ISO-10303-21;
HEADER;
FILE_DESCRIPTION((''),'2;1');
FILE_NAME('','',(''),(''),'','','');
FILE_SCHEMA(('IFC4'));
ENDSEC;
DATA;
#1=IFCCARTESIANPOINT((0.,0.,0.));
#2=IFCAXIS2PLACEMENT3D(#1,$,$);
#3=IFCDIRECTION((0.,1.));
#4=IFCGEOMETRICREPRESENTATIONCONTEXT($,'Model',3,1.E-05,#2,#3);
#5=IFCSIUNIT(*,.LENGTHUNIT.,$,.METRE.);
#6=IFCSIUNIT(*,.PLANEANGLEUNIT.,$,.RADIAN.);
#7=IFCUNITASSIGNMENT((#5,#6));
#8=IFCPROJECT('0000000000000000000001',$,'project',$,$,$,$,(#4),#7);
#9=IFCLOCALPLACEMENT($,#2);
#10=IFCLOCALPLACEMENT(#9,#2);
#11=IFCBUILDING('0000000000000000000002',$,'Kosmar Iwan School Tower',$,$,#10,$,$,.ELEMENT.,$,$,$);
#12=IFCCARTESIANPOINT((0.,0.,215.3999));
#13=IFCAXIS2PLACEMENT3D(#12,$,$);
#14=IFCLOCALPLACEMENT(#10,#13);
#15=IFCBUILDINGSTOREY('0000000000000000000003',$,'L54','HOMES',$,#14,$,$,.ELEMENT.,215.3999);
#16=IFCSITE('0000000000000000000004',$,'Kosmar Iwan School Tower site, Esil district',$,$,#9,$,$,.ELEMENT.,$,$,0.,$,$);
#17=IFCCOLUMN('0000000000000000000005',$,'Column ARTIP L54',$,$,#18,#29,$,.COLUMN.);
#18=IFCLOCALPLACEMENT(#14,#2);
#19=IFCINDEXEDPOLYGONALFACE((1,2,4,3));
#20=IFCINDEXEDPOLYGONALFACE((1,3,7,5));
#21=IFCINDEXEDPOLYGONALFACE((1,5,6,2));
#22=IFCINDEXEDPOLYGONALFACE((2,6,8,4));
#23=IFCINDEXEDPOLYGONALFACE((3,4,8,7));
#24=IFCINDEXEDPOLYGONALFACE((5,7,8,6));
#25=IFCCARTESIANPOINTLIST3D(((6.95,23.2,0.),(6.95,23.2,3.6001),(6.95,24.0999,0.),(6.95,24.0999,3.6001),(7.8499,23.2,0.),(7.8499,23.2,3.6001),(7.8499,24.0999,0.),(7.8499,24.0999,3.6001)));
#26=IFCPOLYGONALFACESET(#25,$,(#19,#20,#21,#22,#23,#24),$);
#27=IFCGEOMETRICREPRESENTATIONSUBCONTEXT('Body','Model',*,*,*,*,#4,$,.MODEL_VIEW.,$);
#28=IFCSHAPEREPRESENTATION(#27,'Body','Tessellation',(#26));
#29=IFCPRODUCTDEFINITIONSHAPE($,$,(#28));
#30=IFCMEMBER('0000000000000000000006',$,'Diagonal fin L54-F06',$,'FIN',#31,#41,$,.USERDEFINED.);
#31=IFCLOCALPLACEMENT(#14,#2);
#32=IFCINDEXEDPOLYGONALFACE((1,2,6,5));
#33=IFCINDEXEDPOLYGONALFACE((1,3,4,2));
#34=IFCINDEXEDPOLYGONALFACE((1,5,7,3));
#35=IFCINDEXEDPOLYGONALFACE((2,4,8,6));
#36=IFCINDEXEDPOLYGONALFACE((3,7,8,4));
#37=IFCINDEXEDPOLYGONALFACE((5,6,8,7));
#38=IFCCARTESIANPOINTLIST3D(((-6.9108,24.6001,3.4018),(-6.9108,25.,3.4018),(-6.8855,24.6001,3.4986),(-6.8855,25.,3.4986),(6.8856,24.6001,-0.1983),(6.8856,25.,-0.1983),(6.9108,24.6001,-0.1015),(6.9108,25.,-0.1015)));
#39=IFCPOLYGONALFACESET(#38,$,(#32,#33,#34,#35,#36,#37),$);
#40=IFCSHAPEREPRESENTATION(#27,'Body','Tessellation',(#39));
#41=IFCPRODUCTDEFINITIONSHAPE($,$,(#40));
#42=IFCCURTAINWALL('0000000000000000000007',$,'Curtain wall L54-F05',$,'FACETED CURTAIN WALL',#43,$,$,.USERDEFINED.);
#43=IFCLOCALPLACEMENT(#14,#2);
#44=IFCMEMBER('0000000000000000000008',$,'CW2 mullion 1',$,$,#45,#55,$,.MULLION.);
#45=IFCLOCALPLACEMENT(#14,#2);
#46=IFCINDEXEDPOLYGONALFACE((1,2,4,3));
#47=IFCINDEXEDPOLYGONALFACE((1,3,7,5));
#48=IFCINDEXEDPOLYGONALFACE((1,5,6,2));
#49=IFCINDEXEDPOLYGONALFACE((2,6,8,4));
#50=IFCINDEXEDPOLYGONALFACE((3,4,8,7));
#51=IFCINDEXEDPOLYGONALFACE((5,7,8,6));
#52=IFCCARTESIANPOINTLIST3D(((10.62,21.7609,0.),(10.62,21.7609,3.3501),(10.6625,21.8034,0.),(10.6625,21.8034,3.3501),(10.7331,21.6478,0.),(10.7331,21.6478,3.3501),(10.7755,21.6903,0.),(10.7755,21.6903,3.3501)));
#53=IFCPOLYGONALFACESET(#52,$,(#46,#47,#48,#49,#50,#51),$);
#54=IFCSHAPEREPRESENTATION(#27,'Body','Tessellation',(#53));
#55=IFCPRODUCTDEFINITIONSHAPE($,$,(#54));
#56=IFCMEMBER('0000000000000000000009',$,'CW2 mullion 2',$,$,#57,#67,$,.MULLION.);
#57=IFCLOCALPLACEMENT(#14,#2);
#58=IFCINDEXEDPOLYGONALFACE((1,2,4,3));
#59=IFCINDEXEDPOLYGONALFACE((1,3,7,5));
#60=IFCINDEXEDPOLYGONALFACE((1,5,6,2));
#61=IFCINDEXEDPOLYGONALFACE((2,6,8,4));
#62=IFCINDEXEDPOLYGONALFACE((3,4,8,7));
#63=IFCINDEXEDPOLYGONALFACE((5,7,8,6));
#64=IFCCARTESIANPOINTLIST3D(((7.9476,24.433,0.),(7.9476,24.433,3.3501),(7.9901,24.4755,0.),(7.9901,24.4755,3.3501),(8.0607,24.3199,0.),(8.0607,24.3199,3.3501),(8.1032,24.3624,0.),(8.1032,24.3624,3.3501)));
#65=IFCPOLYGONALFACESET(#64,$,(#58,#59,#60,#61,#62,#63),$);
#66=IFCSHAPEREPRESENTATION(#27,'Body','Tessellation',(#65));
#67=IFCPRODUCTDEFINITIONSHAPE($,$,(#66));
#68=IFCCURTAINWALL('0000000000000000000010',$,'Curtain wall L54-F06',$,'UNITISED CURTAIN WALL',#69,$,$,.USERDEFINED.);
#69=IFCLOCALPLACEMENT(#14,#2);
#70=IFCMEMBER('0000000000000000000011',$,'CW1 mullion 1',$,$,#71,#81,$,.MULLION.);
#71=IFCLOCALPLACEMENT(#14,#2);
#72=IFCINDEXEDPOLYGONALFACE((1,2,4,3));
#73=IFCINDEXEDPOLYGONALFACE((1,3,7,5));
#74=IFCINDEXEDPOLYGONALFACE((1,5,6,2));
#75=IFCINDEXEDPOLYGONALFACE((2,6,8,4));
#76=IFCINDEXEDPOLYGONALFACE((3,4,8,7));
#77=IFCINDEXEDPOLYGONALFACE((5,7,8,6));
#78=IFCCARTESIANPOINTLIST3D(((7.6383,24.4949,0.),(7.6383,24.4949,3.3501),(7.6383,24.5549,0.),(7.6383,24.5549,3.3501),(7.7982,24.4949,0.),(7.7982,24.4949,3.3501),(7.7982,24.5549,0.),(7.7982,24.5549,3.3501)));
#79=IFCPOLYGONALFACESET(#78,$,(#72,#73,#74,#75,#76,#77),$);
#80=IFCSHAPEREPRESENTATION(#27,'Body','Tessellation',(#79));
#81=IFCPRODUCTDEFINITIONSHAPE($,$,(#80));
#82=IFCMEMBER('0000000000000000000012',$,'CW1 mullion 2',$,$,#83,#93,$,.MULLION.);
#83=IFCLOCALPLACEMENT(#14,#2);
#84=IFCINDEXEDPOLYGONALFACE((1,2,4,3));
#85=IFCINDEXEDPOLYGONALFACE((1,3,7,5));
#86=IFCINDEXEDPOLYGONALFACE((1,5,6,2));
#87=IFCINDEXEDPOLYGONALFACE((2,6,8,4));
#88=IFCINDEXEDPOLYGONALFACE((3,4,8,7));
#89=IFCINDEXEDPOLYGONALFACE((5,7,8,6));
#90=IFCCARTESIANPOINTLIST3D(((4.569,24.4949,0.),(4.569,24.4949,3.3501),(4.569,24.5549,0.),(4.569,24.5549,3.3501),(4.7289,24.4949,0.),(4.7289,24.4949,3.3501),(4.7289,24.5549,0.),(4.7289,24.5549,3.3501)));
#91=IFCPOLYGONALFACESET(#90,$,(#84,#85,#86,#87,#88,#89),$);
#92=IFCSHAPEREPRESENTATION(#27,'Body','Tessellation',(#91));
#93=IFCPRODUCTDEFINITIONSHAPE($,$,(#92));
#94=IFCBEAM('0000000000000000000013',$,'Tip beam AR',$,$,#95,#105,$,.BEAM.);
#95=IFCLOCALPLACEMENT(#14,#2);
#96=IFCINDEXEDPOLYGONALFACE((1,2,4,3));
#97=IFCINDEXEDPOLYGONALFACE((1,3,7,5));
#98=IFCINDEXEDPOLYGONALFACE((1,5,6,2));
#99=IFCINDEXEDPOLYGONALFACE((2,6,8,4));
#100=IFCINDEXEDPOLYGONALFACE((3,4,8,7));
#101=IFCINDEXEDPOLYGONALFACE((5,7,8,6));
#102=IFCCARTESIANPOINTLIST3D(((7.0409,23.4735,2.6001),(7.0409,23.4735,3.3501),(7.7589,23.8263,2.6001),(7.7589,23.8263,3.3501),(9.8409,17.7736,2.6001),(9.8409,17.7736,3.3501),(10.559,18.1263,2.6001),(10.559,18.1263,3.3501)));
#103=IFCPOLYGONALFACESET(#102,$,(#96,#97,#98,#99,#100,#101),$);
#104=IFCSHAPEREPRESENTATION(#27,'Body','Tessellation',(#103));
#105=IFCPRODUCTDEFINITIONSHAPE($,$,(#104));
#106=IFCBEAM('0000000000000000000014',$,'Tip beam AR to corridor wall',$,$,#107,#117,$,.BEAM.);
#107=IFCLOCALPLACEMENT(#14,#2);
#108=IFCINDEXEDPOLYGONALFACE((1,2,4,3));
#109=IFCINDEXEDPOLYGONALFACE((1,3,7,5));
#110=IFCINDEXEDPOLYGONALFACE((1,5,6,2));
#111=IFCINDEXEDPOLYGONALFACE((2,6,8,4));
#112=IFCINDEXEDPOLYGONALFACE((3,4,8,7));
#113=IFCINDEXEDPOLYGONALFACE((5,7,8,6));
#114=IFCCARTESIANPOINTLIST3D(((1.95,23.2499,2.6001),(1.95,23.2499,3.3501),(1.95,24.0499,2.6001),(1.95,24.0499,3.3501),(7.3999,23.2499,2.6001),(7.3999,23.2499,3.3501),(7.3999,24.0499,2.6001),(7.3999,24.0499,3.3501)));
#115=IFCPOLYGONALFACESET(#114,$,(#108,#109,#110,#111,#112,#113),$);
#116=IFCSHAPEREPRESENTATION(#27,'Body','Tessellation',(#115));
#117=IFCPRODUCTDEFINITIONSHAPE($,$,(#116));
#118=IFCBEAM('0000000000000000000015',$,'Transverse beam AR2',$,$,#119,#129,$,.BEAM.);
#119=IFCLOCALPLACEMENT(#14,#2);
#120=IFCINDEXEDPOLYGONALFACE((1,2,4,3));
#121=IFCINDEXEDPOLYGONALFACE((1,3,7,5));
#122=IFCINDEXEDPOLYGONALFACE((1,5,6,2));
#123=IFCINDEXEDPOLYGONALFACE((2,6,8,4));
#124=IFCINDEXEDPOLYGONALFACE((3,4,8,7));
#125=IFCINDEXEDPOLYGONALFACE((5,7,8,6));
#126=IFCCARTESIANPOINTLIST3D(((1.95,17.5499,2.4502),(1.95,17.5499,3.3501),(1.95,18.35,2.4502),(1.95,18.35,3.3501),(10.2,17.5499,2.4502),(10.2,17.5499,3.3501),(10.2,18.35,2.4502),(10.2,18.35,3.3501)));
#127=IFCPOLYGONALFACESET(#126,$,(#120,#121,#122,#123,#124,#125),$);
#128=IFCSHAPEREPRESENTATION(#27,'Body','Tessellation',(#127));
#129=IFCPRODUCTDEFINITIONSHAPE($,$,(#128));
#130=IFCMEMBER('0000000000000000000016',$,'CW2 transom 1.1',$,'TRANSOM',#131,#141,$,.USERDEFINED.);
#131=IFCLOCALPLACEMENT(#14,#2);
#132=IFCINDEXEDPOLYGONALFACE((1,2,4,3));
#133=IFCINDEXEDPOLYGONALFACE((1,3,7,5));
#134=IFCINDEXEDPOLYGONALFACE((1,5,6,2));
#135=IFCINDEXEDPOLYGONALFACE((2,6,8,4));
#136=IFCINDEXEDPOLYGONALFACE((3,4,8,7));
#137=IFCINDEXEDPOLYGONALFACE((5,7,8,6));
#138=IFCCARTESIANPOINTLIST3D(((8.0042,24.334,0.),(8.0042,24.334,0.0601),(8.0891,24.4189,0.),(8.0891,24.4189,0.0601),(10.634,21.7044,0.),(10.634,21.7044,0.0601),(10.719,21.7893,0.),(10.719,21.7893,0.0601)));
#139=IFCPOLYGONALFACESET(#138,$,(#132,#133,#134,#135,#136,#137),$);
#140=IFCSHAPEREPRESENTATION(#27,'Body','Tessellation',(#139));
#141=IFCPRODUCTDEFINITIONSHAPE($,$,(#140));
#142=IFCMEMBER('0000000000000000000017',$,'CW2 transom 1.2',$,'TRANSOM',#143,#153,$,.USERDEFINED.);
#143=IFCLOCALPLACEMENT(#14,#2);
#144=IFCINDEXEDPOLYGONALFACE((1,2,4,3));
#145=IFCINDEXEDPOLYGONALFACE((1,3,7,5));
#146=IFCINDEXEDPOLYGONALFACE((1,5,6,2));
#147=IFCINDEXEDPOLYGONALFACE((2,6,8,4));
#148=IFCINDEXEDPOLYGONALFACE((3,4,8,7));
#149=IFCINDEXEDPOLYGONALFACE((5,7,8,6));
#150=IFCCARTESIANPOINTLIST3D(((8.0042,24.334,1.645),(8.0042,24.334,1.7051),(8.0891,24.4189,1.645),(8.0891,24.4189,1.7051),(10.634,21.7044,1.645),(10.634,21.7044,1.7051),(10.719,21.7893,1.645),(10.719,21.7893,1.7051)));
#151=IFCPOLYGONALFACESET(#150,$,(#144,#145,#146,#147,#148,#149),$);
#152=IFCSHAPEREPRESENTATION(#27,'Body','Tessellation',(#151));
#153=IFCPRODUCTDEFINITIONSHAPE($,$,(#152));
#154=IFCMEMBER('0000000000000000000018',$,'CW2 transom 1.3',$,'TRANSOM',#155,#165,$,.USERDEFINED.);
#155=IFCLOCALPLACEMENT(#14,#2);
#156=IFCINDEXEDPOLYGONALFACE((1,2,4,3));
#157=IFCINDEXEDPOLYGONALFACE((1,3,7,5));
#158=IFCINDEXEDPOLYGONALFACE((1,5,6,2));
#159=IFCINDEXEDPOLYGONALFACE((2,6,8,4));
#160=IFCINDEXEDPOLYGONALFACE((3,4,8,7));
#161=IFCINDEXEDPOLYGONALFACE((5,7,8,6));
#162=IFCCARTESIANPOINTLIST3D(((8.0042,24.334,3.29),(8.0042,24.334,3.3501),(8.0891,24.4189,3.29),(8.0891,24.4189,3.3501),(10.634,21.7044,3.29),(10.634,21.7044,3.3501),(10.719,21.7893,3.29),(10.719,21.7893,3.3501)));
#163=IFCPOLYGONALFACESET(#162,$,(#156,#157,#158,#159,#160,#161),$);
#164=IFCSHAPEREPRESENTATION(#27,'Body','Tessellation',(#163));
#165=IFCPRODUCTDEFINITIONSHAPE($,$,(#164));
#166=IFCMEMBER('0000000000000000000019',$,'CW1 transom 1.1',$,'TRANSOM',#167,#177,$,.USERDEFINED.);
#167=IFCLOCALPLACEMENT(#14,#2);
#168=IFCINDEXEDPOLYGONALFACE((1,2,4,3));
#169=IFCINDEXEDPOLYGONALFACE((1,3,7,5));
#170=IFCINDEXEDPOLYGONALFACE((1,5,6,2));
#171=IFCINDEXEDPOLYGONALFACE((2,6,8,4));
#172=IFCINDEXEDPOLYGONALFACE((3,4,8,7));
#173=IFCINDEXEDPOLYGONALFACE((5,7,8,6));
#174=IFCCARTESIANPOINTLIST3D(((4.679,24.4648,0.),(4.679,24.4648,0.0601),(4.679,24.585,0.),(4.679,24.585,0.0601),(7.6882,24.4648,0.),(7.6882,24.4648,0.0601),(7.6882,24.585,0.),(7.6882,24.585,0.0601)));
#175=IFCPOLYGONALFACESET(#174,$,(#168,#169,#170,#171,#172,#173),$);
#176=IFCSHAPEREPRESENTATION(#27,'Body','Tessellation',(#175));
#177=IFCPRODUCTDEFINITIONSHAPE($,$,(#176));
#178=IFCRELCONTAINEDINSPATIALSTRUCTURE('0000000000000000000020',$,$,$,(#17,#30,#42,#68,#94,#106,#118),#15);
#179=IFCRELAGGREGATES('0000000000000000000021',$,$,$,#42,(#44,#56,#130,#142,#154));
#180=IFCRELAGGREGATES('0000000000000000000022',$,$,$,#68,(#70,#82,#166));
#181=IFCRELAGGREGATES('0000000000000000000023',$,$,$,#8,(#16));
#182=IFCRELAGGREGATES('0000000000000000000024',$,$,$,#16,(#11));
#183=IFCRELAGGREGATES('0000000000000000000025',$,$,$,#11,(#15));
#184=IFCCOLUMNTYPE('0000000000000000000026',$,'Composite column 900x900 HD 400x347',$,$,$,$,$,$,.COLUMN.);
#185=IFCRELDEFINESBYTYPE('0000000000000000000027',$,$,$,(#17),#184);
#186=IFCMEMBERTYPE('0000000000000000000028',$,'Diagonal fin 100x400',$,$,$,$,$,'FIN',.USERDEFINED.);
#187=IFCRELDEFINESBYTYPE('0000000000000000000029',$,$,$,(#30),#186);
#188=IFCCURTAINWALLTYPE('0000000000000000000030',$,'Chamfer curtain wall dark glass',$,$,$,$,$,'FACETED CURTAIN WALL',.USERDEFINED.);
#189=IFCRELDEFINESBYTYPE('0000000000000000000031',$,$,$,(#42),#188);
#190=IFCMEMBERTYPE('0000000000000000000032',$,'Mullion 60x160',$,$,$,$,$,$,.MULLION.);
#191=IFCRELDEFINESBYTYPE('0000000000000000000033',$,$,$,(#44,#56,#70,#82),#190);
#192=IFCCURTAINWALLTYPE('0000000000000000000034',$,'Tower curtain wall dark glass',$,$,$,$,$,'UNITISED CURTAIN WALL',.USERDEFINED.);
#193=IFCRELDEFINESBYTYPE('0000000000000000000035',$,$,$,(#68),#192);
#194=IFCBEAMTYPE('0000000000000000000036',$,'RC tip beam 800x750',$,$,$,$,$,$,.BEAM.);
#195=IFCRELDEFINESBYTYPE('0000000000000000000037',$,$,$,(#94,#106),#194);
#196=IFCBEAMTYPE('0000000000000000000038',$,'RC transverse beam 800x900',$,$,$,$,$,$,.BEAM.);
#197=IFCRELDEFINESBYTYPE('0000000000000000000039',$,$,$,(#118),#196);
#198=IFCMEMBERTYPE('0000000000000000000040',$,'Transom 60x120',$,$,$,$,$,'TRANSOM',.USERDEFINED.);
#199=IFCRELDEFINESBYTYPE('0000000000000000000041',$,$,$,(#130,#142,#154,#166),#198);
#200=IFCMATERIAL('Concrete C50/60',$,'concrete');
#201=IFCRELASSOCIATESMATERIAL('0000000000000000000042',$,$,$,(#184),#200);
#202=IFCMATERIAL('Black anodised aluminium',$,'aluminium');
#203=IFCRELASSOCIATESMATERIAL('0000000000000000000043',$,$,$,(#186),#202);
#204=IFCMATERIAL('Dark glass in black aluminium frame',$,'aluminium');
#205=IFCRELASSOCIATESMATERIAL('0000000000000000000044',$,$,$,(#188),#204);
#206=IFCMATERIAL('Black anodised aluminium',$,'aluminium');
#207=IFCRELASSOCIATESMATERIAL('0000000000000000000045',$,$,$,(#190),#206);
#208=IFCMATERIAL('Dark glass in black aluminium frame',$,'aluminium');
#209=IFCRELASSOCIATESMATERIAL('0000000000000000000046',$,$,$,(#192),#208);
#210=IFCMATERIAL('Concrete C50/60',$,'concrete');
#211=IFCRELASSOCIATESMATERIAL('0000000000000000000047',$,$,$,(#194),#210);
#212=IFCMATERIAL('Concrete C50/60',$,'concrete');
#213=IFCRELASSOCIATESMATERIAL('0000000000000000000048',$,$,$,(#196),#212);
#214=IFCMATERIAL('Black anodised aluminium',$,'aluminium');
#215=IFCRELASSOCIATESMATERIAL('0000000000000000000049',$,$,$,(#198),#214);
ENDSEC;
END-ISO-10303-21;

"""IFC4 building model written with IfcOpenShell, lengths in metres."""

from ifc_helpers import new_model, si_unit, direction, frame, origin, origin_2d, place, context, subcontext, project, spatial, rectangle, extrude, material, material_profile, profile_set, type_object, element, aggregate, save


model = new_model("IFC4")

# Units and contexts
model_context = context("Model", 3, precision=1e-05, world=origin(), true_north=direction((0.0, 1.0)))
body_context = subcontext(model_context, "Body", "Model", "MODEL_VIEW")
ifc_project = project(units=[si_unit("LENGTHUNIT", "METRE"), si_unit("PLANEANGLEUNIT", "RADIAN")], contexts=[model_context])

# Site, building, storey
site_placement = place(None, origin())
site = spatial("IfcSite", under=ifc_project, at=site_placement, Name="Kosmar Iwan School Tower site, Esil district", CompositionType="ELEMENT", RefElevation=0.0)
building_placement = place(site_placement, origin())
building = spatial("IfcBuilding", under=site, at=building_placement, Name="Kosmar Iwan School Tower", CompositionType="ELEMENT")
storey_placement = place(building_placement, frame((0.0, 0.0, 215.3999)))
storey = spatial("IfcBuildingStorey", under=building, at=storey_placement, Name="L54", Description="HOMES", CompositionType="ELEMENT", Elevation=215.3999)

# Column
ifc_material_1 = material(Name="Concrete C50/60", Category="concrete")
ifc_material_profile_1 = material_profile(ifc_material_1, rectangle(XDim=0.8999, YDim=0.8999, at=origin_2d()), Name="RC 900x900 + HD 400x347")
ifc_profile_set_1 = profile_set([ifc_material_profile_1], Name="Concrete C50/60")
column_type = type_object("IfcColumnType", Name="Composite column 900x900 HD 400x347", PredefinedType="COLUMN", material=ifc_profile_set_1)
column_placement = place(storey_placement, frame((7.3999, 23.6499, 0.0), z_axis=(0.0, 0.0, 1.0), x_axis=(0.0, 1.0, 0.0)))
element("IfcColumn", 1, at=column_placement, inside=storey, type_object=column_type, Name="Column ARTIP L54", PredefinedType="COLUMN", context=body_context, shape_type="SweptSolid", body=[
    extrude(rectangle(XDim=0.8999, YDim=0.8999, at=origin_2d()), origin(), (0.0, 0.0, 1.0), 3.6001),
])

# Member
ifc_material_2 = material(Name="Black anodised aluminium", Category="aluminium")
ifc_material_profile_2 = material_profile(ifc_material_2, rectangle(XDim=0.1001, YDim=0.3999, at=origin_2d()), Name="FIN 100x400")
ifc_profile_set_2 = profile_set([ifc_material_profile_2], Name="Black anodised aluminium")
member_type_1 = type_object("IfcMemberType", Name="Diagonal fin 100x400", ElementType="FIN", PredefinedType="USERDEFINED", material=ifc_profile_set_2)
member_1_placement = place(storey_placement, frame((6.8982, 24.8, -0.1499), z_axis=(-0.967599, 0.0, 0.25249), x_axis=(0.25249, 0.0, 0.967599)))
element("IfcMember", 2, at=member_1_placement, inside=storey, type_object=member_type_1, Name="Diagonal fin L54-F06", ObjectType="FIN", PredefinedType="USERDEFINED", context=body_context, shape_type="SweptSolid", body=[
    extrude(rectangle(XDim=0.1001, YDim=0.3999, at=origin_2d()), origin(), (0.0, 0.0, 1.0), 14.2583),
])

# Curtain walls, members
ifc_material_3 = material(Name="Dark glass in black aluminium frame", Category="aluminium")
curtain_wall_type_1 = type_object("IfcCurtainWallType", Name="Chamfer curtain wall dark glass", ElementType="FACETED CURTAIN WALL", PredefinedType="USERDEFINED", material=ifc_material_3)
curtain_wall_1_placement = place(storey_placement, origin())
curtain_wall_1 = element("IfcCurtainWall", 3, at=curtain_wall_1_placement, inside=storey, type_object=curtain_wall_type_1, Name="Curtain wall L54-F05", ObjectType="FACETED CURTAIN WALL", PredefinedType="USERDEFINED")
ifc_material_4 = material(Name="Black anodised aluminium", Category="aluminium")
ifc_material_profile_3 = material_profile(ifc_material_4, rectangle(XDim=0.0601, YDim=0.1599, at=origin_2d()), Name="MULLION 60x160")
ifc_profile_set_3 = profile_set([ifc_material_profile_3], Name="Black anodised aluminium")
member_type_2 = type_object("IfcMemberType", Name="Mullion 60x160", PredefinedType="MULLION", material=ifc_profile_set_3)
member_2_placement = place(storey_placement, frame((10.6978, 21.7256, 0.0), z_axis=(0.0, 0.0, 1.0), x_axis=(-0.707107, -0.707107, 0.0)))
member_2 = element("IfcMember", 4, at=member_2_placement, type_object=member_type_2, Name="CW2 mullion 1", PredefinedType="MULLION", context=body_context, shape_type="SweptSolid", body=[
    extrude(rectangle(XDim=0.0601, YDim=0.1599, at=origin_2d()), origin(), (0.0, 0.0, 1.0), 3.3501),
])
member_3_placement = place(storey_placement, frame((8.0254, 24.3977, 0.0), z_axis=(0.0, 0.0, 1.0), x_axis=(-0.707107, -0.707107, 0.0)))
member_3 = element("IfcMember", 5, at=member_3_placement, type_object=member_type_2, Name="CW2 mullion 2", PredefinedType="MULLION", context=body_context, shape_type="SweptSolid", body=[
    extrude(rectangle(XDim=0.0601, YDim=0.1599, at=origin_2d()), origin(), (0.0, 0.0, 1.0), 3.3501),
])
ifc_material_5 = material(Name="Dark glass in black aluminium frame", Category="aluminium")
curtain_wall_type_2 = type_object("IfcCurtainWallType", Name="Tower curtain wall dark glass", ElementType="UNITISED CURTAIN WALL", PredefinedType="USERDEFINED", material=ifc_material_5)
curtain_wall_2_placement = place(storey_placement, origin())
curtain_wall_2 = element("IfcCurtainWall", 6, at=curtain_wall_2_placement, inside=storey, type_object=curtain_wall_type_2, Name="Curtain wall L54-F06", ObjectType="UNITISED CURTAIN WALL", PredefinedType="USERDEFINED")
member_4_placement = place(storey_placement, frame((7.7183, 24.5249, 0.0), z_axis=(0.0, 0.0, 1.0), x_axis=(0.0, -1.0, 0.0)))
member_4 = element("IfcMember", 7, at=member_4_placement, type_object=member_type_2, Name="CW1 mullion 1", PredefinedType="MULLION", context=body_context, shape_type="SweptSolid", body=[
    extrude(rectangle(XDim=0.0601, YDim=0.1599, at=origin_2d()), origin(), (0.0, 0.0, 1.0), 3.3501),
])
member_5_placement = place(storey_placement, frame((4.6489, 24.5249, 0.0), z_axis=(0.0, 0.0, 1.0), x_axis=(0.0, -1.0, 0.0)))
member_5 = element("IfcMember", 8, at=member_5_placement, type_object=member_type_2, Name="CW1 mullion 2", PredefinedType="MULLION", context=body_context, shape_type="SweptSolid", body=[
    extrude(rectangle(XDim=0.0601, YDim=0.1599, at=origin_2d()), origin(), (0.0, 0.0, 1.0), 3.3501),
])

# Beams
ifc_material_6 = material(Name="Concrete C50/60", Category="concrete")
ifc_material_profile_4 = material_profile(ifc_material_6, rectangle(XDim=0.8, YDim=0.75, at=origin_2d()), Name="RC 800x750")
ifc_profile_set_4 = profile_set([ifc_material_profile_4], Name="Concrete C50/60")
beam_type_1 = type_object("IfcBeamType", Name="RC tip beam 800x750", PredefinedType="BEAM", material=ifc_profile_set_4)
beam_1_placement = place(storey_placement, frame((10.2, 17.95, 2.9751), z_axis=(-0.440913, 0.89755, 0.0), x_axis=(-0.89755, -0.440913, 0.0)))
element("IfcBeam", 9, at=beam_1_placement, inside=storey, type_object=beam_type_1, Name="Tip beam AR", PredefinedType="BEAM", context=body_context, shape_type="SweptSolid", body=[
    extrude(rectangle(XDim=0.8, YDim=0.75, at=origin_2d()), origin(), (0.0, 0.0, 1.0), 6.3506),
])
beam_2_placement = place(storey_placement, frame((7.3999, 23.6499, 2.9751), z_axis=(-1.0, 0.0, 0.0), x_axis=(0.0, -1.0, 0.0)))
element("IfcBeam", 10, at=beam_2_placement, inside=storey, type_object=beam_type_1, Name="Tip beam AR to corridor wall", PredefinedType="BEAM", context=body_context, shape_type="SweptSolid", body=[
    extrude(rectangle(XDim=0.8, YDim=0.75, at=origin_2d()), origin(), (0.0, 0.0, 1.0), 5.45),
])
ifc_material_7 = material(Name="Concrete C50/60", Category="concrete")
ifc_material_profile_5 = material_profile(ifc_material_7, rectangle(XDim=0.8, YDim=0.8999, at=origin_2d()), Name="RC 800x900")
ifc_profile_set_5 = profile_set([ifc_material_profile_5], Name="Concrete C50/60")
beam_type_2 = type_object("IfcBeamType", Name="RC transverse beam 800x900", PredefinedType="BEAM", material=ifc_profile_set_5)
beam_3_placement = place(storey_placement, frame((10.2, 17.95, 2.9001), z_axis=(-1.0, 0.0, 0.0), x_axis=(0.0, -1.0, 0.0)))
element("IfcBeam", 11, at=beam_3_placement, inside=storey, type_object=beam_type_2, Name="Transverse beam AR2", PredefinedType="BEAM", context=body_context, shape_type="SweptSolid", body=[
    extrude(rectangle(XDim=0.8, YDim=0.8999, at=origin_2d()), origin(), (0.0, 0.0, 1.0), 8.25),
])

# Members
ifc_material_8 = material(Name="Black anodised aluminium", Category="aluminium")
ifc_material_profile_6 = material_profile(ifc_material_8, rectangle(XDim=0.1201, YDim=0.0601, at=origin_2d()), Name="TRANSOM 60x120")
ifc_profile_set_6 = profile_set([ifc_material_profile_6], Name="Black anodised aluminium")
member_type_3 = type_object("IfcMemberType", Name="Transom 60x120", ElementType="TRANSOM", PredefinedType="USERDEFINED", material=ifc_profile_set_6)
member_6_placement = place(storey_placement, frame((10.6765, 21.7468, 0.03), z_axis=(-0.70714, 0.707074, 0.0), x_axis=(-0.707074, -0.70714, 0.0)))
member_6 = element("IfcMember", 12, at=member_6_placement, type_object=member_type_3, Name="CW2 transom 1.1", ObjectType="TRANSOM", PredefinedType="USERDEFINED", context=body_context, shape_type="SweptSolid", body=[
    extrude(rectangle(XDim=0.1201, YDim=0.0601, at=origin_2d()), origin(), (0.0, 0.0, 1.0), 3.719),
])
member_7_placement = place(storey_placement, frame((10.6765, 21.7468, 1.675), z_axis=(-0.70714, 0.707074, 0.0), x_axis=(-0.707074, -0.70714, 0.0)))
member_7 = element("IfcMember", 13, at=member_7_placement, type_object=member_type_3, Name="CW2 transom 1.2", ObjectType="TRANSOM", PredefinedType="USERDEFINED", context=body_context, shape_type="SweptSolid", body=[
    extrude(rectangle(XDim=0.1201, YDim=0.0601, at=origin_2d()), origin(), (0.0, 0.0, 1.0), 3.719),
])
member_8_placement = place(storey_placement, frame((10.6765, 21.7468, 3.3201), z_axis=(-0.70714, 0.707074, 0.0), x_axis=(-0.707074, -0.70714, 0.0)))
member_8 = element("IfcMember", 14, at=member_8_placement, type_object=member_type_3, Name="CW2 transom 1.3", ObjectType="TRANSOM", PredefinedType="USERDEFINED", context=body_context, shape_type="SweptSolid", body=[
    extrude(rectangle(XDim=0.1201, YDim=0.0601, at=origin_2d()), origin(), (0.0, 0.0, 1.0), 3.719),
])
member_9_placement = place(storey_placement, frame((7.6882, 24.5249, 0.03), z_axis=(-1.0, 0.0, 0.0), x_axis=(0.0, -1.0, 0.0)))
member_9 = element("IfcMember", 15, at=member_9_placement, type_object=member_type_3, Name="CW1 transom 1.1", ObjectType="TRANSOM", PredefinedType="USERDEFINED", context=body_context, shape_type="SweptSolid", body=[
    extrude(rectangle(XDim=0.1201, YDim=0.0601, at=origin_2d()), origin(), (0.0, 0.0, 1.0), 3.0093),
])

aggregate(curtain_wall_1, [member_2, member_3, member_6, member_7, member_8])
aggregate(curtain_wall_2, [member_4, member_5, member_9])

save(model, "model.ifc")
